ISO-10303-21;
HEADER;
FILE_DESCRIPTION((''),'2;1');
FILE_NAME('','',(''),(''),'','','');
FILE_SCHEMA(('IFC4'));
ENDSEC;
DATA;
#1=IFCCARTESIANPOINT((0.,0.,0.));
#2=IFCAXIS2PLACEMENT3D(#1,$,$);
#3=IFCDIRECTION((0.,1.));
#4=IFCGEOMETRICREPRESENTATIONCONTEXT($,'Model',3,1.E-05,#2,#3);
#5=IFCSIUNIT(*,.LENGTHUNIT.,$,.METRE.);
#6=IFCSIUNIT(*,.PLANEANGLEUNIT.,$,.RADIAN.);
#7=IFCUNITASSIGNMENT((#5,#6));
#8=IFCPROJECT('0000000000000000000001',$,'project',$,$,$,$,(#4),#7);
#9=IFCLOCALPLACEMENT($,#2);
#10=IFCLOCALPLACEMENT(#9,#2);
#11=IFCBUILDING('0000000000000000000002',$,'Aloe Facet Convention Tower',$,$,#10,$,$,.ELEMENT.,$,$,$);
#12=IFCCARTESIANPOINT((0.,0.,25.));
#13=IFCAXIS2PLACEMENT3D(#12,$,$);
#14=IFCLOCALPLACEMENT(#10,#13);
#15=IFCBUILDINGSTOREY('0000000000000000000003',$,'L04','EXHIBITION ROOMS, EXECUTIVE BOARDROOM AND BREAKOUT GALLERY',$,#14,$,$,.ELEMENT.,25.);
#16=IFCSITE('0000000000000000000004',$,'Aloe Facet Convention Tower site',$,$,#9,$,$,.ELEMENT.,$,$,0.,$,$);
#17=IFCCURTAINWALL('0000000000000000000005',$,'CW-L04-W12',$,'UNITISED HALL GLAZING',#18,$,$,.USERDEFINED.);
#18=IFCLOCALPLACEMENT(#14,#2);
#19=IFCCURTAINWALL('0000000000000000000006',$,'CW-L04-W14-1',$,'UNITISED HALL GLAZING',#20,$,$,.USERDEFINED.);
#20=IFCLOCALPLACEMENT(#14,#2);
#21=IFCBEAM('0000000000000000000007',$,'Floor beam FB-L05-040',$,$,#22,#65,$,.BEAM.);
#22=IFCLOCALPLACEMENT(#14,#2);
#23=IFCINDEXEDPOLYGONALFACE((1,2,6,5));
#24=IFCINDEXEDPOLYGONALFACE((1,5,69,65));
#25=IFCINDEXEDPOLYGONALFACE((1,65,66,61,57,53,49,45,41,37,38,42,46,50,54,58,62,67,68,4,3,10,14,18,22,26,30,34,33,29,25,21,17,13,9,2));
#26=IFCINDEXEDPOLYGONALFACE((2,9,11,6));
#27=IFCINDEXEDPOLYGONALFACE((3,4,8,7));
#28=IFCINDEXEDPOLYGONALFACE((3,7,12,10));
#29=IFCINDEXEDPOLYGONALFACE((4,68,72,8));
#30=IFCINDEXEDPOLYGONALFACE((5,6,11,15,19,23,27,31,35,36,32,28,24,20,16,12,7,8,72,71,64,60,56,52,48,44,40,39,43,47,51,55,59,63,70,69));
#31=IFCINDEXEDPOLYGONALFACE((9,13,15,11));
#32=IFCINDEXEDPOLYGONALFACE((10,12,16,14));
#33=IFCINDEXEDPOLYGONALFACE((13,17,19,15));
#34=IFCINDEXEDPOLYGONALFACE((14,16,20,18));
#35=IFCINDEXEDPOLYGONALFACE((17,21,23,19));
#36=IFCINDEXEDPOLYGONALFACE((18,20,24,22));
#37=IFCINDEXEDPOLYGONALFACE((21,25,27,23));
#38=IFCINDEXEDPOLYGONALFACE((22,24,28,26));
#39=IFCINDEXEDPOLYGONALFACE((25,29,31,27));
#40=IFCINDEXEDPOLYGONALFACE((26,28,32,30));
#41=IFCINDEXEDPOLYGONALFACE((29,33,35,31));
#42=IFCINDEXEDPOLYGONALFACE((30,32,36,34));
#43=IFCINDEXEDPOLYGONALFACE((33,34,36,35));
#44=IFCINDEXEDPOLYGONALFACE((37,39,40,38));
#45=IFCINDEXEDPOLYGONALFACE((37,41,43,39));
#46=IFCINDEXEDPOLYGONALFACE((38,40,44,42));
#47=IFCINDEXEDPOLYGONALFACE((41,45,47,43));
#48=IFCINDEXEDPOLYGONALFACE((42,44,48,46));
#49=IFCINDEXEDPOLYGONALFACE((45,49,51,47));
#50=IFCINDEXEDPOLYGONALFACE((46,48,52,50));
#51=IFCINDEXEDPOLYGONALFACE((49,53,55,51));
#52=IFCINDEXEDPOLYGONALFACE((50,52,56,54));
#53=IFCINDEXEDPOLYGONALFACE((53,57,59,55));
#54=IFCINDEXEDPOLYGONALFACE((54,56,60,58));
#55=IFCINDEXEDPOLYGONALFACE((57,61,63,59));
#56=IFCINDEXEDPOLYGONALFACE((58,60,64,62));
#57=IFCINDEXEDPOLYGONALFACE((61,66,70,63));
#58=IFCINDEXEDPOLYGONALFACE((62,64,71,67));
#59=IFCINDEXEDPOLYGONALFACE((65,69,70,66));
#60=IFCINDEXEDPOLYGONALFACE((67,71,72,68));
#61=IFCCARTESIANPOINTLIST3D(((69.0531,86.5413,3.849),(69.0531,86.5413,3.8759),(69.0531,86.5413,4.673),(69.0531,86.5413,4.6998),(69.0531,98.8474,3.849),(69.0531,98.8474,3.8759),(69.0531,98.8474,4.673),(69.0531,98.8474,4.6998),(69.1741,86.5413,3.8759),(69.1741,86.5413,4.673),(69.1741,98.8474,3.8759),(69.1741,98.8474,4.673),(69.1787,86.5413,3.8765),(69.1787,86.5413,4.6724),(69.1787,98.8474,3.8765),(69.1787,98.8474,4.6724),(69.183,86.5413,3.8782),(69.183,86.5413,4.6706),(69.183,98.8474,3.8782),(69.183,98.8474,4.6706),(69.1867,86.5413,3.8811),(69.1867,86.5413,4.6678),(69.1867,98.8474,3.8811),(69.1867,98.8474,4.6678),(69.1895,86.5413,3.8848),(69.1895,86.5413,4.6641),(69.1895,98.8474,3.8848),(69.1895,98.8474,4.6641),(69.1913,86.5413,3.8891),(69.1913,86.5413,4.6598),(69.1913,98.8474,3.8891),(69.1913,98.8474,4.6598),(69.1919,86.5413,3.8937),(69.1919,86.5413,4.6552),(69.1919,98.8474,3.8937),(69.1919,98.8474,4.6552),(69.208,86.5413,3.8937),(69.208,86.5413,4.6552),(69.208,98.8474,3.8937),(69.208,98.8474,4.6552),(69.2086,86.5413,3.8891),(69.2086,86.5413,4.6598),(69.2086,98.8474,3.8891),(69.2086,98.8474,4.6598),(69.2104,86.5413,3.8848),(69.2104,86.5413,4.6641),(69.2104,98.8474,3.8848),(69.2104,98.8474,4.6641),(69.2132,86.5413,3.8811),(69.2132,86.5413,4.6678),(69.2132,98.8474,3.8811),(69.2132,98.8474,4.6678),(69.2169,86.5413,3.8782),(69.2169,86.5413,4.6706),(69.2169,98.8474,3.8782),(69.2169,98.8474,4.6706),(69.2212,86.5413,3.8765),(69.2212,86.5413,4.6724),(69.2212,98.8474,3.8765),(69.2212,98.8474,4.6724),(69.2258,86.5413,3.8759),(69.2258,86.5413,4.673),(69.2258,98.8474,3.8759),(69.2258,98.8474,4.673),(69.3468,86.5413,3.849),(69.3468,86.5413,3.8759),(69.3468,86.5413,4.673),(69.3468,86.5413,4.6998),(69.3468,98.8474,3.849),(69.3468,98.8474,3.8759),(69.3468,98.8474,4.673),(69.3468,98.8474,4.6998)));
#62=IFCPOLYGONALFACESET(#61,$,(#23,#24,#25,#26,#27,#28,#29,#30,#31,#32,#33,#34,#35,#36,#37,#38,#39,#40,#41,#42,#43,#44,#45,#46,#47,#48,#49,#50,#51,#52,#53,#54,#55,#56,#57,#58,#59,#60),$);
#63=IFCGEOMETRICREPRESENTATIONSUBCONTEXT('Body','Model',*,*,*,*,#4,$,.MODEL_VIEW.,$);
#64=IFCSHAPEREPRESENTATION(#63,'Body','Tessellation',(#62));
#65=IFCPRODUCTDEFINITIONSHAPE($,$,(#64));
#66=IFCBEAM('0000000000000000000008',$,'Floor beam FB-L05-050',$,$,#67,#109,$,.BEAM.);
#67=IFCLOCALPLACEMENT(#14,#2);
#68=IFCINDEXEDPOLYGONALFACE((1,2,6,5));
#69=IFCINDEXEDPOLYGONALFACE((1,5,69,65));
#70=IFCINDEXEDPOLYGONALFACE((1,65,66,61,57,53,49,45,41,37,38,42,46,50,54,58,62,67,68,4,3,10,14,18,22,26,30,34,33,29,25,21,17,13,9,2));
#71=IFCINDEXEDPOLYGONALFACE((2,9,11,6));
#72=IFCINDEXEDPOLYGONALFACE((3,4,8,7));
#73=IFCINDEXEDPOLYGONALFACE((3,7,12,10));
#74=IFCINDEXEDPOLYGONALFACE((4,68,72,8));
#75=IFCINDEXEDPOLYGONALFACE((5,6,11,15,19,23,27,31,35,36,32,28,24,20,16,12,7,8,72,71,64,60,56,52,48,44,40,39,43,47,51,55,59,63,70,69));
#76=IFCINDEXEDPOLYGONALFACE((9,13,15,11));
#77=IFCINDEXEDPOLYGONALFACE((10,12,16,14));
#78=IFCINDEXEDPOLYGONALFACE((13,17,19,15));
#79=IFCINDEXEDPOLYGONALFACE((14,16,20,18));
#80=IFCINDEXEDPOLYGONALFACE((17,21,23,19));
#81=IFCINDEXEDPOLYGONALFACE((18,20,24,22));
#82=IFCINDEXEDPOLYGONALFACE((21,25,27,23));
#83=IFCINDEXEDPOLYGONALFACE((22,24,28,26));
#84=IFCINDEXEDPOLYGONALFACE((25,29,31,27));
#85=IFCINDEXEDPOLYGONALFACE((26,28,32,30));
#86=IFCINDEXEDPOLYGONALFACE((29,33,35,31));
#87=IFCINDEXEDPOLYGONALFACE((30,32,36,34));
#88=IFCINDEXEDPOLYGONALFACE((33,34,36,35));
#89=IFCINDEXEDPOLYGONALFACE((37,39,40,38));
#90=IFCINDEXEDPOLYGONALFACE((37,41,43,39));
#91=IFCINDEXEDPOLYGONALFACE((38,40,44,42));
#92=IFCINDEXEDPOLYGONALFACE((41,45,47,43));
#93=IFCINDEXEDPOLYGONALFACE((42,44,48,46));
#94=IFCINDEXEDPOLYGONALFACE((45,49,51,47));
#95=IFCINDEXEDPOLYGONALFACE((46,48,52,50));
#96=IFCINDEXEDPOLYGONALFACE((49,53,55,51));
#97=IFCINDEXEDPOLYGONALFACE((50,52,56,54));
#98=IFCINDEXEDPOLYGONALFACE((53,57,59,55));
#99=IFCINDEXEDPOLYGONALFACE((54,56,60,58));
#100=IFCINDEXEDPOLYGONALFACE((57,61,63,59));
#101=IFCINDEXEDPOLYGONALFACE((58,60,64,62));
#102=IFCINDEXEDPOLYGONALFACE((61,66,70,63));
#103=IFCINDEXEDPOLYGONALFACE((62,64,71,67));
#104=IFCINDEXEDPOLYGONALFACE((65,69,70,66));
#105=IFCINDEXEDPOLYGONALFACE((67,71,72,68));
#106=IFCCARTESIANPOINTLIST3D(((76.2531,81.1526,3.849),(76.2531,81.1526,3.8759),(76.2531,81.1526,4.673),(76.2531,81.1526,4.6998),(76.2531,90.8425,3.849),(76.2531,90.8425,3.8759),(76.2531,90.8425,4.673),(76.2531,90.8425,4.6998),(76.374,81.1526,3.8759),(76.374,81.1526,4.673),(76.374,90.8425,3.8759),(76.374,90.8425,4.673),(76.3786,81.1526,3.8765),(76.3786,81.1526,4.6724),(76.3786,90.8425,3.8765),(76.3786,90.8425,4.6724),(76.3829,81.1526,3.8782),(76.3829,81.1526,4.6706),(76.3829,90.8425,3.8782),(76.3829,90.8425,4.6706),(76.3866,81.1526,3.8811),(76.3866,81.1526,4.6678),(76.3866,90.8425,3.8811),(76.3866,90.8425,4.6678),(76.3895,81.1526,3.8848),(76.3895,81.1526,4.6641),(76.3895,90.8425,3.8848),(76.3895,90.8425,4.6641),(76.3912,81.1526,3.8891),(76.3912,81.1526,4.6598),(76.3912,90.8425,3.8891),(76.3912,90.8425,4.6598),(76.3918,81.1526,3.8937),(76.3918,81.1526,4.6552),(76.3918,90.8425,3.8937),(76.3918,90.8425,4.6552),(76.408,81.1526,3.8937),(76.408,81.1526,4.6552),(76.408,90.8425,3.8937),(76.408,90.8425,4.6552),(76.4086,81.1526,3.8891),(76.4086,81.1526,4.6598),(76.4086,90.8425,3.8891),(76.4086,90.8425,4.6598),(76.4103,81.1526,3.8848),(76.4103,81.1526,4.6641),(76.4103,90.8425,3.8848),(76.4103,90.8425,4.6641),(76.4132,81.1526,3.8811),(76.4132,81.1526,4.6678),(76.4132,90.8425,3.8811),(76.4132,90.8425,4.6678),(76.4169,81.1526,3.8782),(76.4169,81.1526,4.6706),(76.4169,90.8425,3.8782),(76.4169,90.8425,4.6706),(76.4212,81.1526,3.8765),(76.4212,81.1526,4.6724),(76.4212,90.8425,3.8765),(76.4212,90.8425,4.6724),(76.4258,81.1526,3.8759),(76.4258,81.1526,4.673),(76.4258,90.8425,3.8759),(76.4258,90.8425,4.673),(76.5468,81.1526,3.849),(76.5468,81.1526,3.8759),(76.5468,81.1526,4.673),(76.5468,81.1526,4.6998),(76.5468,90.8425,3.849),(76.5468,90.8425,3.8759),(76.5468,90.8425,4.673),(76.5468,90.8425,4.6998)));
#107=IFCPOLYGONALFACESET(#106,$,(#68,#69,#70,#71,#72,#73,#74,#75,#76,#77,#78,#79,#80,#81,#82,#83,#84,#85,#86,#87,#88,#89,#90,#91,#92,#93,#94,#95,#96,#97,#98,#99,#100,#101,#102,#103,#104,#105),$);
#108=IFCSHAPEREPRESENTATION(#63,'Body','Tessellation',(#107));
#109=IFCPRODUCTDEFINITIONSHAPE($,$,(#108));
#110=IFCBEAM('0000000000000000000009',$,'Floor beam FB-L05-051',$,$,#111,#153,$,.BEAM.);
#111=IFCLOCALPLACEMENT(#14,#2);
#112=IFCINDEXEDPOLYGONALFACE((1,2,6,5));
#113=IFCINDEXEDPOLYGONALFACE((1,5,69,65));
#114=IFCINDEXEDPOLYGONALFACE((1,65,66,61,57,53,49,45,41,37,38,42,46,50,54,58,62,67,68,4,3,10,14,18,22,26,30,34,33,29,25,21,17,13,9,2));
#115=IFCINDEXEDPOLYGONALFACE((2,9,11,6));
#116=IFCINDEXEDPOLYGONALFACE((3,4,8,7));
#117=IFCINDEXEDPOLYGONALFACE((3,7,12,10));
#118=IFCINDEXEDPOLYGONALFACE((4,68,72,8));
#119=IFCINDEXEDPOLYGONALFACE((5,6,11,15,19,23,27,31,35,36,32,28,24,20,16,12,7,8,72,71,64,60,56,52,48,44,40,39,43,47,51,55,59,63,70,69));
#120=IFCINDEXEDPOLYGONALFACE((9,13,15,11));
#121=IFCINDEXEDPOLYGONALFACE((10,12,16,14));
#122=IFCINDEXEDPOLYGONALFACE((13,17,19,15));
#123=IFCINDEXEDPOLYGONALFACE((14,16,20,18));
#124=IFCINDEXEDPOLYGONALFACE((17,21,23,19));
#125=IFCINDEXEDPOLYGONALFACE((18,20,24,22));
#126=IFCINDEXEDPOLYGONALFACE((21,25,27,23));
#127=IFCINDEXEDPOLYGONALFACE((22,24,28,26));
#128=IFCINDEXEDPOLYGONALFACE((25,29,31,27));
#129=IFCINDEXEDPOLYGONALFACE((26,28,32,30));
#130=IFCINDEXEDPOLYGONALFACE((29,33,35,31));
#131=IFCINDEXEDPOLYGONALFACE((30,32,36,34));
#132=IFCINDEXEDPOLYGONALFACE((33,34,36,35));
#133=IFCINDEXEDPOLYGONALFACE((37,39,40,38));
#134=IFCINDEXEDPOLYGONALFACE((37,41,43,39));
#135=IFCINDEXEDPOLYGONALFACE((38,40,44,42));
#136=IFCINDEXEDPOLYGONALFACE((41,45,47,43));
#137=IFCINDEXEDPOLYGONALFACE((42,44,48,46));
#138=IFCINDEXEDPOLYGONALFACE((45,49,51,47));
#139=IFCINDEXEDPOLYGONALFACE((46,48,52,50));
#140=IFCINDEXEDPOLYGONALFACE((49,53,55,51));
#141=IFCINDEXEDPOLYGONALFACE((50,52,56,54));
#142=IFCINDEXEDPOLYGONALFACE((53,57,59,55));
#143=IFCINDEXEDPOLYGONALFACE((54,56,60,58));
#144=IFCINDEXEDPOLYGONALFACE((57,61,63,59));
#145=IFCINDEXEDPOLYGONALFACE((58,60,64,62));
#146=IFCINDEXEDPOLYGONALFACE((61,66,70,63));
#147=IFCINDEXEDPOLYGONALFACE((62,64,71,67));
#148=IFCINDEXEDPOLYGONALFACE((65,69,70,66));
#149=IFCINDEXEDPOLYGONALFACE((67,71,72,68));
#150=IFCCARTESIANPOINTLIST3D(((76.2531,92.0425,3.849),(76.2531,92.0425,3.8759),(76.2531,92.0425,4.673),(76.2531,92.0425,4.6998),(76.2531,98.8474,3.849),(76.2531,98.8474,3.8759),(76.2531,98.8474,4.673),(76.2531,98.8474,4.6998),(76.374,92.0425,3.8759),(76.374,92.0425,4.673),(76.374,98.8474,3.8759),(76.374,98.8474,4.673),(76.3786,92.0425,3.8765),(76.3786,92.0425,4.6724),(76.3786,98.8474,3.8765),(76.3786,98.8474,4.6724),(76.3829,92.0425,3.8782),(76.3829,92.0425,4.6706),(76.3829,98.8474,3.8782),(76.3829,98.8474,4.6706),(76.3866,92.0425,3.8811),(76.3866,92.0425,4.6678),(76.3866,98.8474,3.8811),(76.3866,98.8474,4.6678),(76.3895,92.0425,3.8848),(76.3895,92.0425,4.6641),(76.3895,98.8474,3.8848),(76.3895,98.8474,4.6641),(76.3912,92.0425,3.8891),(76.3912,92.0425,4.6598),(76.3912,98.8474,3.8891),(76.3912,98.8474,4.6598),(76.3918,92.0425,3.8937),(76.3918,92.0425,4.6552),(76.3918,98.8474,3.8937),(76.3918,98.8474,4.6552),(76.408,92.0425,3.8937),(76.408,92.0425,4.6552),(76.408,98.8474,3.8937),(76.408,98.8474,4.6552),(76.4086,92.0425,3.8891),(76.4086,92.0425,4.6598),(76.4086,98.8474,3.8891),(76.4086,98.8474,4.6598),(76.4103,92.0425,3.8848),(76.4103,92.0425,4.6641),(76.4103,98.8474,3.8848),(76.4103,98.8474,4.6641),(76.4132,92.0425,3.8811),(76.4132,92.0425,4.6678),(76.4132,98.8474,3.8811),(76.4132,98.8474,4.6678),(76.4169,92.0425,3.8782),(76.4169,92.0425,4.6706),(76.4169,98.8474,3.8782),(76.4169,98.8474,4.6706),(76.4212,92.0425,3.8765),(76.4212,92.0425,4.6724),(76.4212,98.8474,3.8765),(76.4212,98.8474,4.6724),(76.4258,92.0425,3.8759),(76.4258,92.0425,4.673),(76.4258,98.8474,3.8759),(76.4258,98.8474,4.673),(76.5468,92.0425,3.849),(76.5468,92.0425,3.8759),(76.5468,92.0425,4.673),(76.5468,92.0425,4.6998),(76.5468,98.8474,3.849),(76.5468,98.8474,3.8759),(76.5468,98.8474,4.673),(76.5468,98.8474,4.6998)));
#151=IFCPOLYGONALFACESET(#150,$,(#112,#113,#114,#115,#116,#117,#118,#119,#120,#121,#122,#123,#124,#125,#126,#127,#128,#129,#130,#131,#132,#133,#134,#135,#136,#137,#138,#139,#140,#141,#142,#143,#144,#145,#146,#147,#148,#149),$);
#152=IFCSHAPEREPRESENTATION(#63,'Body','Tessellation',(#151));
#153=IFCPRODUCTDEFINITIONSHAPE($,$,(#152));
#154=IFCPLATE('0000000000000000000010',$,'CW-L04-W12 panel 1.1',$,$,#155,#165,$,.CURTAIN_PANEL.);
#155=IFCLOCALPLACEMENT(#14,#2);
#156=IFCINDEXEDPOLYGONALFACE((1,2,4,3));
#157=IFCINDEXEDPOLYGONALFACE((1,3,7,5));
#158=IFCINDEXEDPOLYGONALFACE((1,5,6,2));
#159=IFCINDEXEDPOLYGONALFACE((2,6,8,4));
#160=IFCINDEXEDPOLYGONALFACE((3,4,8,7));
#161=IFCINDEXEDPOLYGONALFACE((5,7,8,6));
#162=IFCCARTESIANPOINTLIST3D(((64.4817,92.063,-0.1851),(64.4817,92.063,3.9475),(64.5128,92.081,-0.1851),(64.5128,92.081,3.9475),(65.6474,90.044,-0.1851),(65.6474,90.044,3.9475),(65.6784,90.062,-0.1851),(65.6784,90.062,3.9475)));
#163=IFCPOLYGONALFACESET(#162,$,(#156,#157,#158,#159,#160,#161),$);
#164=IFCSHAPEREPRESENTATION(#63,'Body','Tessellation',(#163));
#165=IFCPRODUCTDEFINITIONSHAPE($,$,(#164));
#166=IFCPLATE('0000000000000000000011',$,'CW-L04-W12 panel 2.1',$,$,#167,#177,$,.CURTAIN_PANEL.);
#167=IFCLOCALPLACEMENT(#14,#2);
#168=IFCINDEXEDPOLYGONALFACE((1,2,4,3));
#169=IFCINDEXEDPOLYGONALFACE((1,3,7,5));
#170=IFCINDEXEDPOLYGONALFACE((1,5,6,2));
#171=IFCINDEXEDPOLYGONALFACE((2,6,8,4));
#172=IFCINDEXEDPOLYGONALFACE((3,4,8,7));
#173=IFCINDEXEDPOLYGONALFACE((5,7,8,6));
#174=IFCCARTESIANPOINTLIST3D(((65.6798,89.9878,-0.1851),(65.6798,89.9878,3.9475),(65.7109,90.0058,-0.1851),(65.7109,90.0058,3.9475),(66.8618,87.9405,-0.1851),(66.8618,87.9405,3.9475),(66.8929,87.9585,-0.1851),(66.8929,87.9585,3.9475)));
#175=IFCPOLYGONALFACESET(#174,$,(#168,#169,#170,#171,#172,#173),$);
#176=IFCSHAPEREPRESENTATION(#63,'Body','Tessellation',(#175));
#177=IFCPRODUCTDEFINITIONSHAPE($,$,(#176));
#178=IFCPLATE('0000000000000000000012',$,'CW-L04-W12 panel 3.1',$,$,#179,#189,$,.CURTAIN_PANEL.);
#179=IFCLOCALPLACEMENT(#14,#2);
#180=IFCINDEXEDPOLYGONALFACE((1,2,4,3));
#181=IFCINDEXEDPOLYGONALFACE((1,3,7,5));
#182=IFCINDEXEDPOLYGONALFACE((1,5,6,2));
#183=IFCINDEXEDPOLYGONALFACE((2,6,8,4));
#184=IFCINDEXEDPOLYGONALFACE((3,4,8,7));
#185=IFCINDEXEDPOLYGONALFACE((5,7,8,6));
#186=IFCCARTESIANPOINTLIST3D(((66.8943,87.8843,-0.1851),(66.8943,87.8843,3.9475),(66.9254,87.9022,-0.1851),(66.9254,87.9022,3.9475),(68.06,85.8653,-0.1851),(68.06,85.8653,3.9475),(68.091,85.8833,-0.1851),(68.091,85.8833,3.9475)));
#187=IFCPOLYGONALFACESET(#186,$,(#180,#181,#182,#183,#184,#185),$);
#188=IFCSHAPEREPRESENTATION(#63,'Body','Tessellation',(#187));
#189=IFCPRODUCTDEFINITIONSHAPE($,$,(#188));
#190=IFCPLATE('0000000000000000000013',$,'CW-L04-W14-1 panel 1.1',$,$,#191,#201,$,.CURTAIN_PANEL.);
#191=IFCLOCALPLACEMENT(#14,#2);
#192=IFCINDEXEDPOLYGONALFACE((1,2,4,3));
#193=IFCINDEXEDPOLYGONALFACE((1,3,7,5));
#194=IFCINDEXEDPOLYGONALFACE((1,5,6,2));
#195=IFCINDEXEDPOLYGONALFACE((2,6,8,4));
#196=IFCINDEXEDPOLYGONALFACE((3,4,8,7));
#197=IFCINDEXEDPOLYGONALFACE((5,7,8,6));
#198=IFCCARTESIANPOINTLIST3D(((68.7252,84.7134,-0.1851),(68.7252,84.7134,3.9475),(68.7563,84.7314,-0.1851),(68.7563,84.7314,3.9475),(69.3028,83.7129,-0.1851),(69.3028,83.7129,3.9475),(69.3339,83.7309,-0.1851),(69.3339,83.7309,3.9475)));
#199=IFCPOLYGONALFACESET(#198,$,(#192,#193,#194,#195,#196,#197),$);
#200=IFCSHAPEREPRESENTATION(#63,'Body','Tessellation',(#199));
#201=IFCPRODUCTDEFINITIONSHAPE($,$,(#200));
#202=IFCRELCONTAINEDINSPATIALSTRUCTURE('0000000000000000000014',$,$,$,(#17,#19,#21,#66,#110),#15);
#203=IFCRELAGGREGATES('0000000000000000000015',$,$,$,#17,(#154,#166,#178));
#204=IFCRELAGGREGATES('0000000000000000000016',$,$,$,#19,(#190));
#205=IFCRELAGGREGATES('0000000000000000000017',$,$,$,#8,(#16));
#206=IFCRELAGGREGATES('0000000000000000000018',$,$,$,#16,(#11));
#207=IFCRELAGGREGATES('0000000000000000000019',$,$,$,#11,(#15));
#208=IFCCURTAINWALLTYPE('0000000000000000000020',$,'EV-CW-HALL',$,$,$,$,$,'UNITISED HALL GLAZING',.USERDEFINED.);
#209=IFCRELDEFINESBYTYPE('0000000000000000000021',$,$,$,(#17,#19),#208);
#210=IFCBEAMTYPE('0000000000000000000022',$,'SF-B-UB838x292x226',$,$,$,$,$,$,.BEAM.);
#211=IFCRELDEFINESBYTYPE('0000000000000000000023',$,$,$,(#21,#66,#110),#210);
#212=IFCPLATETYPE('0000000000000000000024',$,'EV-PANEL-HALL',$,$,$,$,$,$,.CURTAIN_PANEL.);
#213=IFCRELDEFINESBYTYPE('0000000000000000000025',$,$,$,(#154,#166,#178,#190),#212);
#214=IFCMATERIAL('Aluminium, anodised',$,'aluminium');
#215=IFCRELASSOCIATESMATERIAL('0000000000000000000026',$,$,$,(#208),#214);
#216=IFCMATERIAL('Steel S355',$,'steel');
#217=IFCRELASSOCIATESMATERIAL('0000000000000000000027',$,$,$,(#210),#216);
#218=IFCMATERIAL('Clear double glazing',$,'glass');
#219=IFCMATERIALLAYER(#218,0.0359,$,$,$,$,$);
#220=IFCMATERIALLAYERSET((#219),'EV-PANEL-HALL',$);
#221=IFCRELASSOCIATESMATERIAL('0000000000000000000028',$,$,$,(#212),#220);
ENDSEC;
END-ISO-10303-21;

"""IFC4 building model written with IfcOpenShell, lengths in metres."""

from ifc_helpers import new_model, si_unit, direction, frame, origin, origin_2d, place, context, subcontext, project, spatial, rectangle, i_section, extrude, material, layer, layer_set, material_profile, profile_set, type_object, element, aggregate, save


model = new_model("IFC4")

# Units and contexts
model_context = context("Model", 3, precision=1e-05, world=origin(), true_north=direction((0.0, 1.0)))
body_context = subcontext(model_context, "Body", "Model", "MODEL_VIEW")
ifc_project = project(units=[si_unit("LENGTHUNIT", "METRE"), si_unit("PLANEANGLEUNIT", "RADIAN")], contexts=[model_context])

# Site, building, storey
site_placement = place(None, origin())
site = spatial("IfcSite", under=ifc_project, at=site_placement, Name="Aloe Facet Convention Tower site", CompositionType="ELEMENT", RefElevation=0.0)
building_placement = place(site_placement, origin())
building = spatial("IfcBuilding", under=site, at=building_placement, Name="Aloe Facet Convention Tower", CompositionType="ELEMENT")
storey_placement = place(building_placement, frame((0.0, 0.0, 25.0)))
storey = spatial("IfcBuildingStorey", under=building, at=storey_placement, Name="L04", Description="EXHIBITION ROOMS, EXECUTIVE BOARDROOM AND BREAKOUT GALLERY", CompositionType="ELEMENT", Elevation=25.0)

# Curtain walls
ifc_material_1 = material(Name="Aluminium, anodised", Category="aluminium")
curtain_wall_type = type_object("IfcCurtainWallType", Name="EV-CW-HALL", ElementType="UNITISED HALL GLAZING", PredefinedType="USERDEFINED", material=ifc_material_1)
curtain_wall_1_placement = place(storey_placement, origin())
curtain_wall_1 = element("IfcCurtainWall", 1, at=curtain_wall_1_placement, inside=storey, type_object=curtain_wall_type, Name="CW-L04-W12", ObjectType="UNITISED HALL GLAZING", PredefinedType="USERDEFINED")
curtain_wall_2_placement = place(storey_placement, origin())
curtain_wall_2 = element("IfcCurtainWall", 2, at=curtain_wall_2_placement, inside=storey, type_object=curtain_wall_type, Name="CW-L04-W14-1", ObjectType="UNITISED HALL GLAZING", PredefinedType="USERDEFINED")

# Beams
ifc_material_2 = material(Name="Steel S355", Category="steel")
ifc_material_profile_1 = material_profile(ifc_material_2, i_section(OverallWidth=0.2937, OverallDepth=0.8508, WebThickness=0.0161, FlangeThickness=0.0269, FilletRadius=0.0178, at=origin_2d()), Name="UB 838x292x226")
ifc_profile_set_1 = profile_set([ifc_material_profile_1], Name="Steel S355")
beam_type_1 = type_object("IfcBeamType", Name="SF-B-UB838x292x226", PredefinedType="BEAM", material=ifc_profile_set_1)
beam_1_placement = place(storey_placement, frame((69.2, 86.5413, 4.2744), z_axis=(0.0, 1.0, 0.0), x_axis=(-1.0, 0.0, 0.0)))
element("IfcBeam", 3, at=beam_1_placement, inside=storey, type_object=beam_type_1, Name="Floor beam FB-L05-040", PredefinedType="BEAM", context=body_context, shape_type="SweptSolid", body=[
    extrude(i_section(OverallWidth=0.2937, OverallDepth=0.8508, WebThickness=0.0161, FlangeThickness=0.0269, FilletRadius=0.0178, at=origin_2d()), origin(), (0.0, 0.0, 1.0), 12.3062),
])
beam_2_placement = place(storey_placement, frame((76.3999, 81.1526, 4.2744), z_axis=(0.0, 1.0, 0.0), x_axis=(-1.0, 0.0, 0.0)))
element("IfcBeam", 4, at=beam_2_placement, inside=storey, type_object=beam_type_1, Name="Floor beam FB-L05-050", PredefinedType="BEAM", context=body_context, shape_type="SweptSolid", body=[
    extrude(i_section(OverallWidth=0.2937, OverallDepth=0.8508, WebThickness=0.0161, FlangeThickness=0.0269, FilletRadius=0.0178, at=origin_2d()), origin(), (0.0, 0.0, 1.0), 9.6899),
])
beam_3_placement = place(storey_placement, frame((76.3999, 92.0425, 4.2744), z_axis=(0.0, 1.0, 0.0), x_axis=(-1.0, 0.0, 0.0)))
element("IfcBeam", 5, at=beam_3_placement, inside=storey, type_object=beam_type_1, Name="Floor beam FB-L05-051", PredefinedType="BEAM", context=body_context, shape_type="SweptSolid", body=[
    extrude(i_section(OverallWidth=0.2937, OverallDepth=0.8508, WebThickness=0.0161, FlangeThickness=0.0269, FilletRadius=0.0178, at=origin_2d()), origin(), (0.0, 0.0, 1.0), 6.8049),
])

# Plates
ifc_material_3 = material(Name="Clear double glazing", Category="glass")
ifc_layer_1 = layer(ifc_material_3, 0.0359)
ifc_layer_set_1 = layer_set([ifc_layer_1], Name="EV-PANEL-HALL")
plate_type = type_object("IfcPlateType", Name="EV-PANEL-HALL", PredefinedType="CURTAIN_PANEL", material=ifc_layer_set_1)
plate_1_placement = place(storey_placement, frame((65.0801, 91.0625, -0.1851), z_axis=(0.0, 0.0, 1.0), x_axis=(0.5, -0.866025, 0.0)))
plate_1 = element("IfcPlate", 6, at=plate_1_placement, type_object=plate_type, Name="CW-L04-W12 panel 1.1", PredefinedType="CURTAIN_PANEL", context=body_context, shape_type="SweptSolid", body=[
    extrude(rectangle(XDim=2.3313, YDim=0.0359, at=origin_2d()), origin(), (0.0, 0.0, 1.0), 4.1326),
])
plate_2_placement = place(storey_placement, frame((66.2864, 88.9731, -0.1851), z_axis=(0.0, 0.0, 1.0), x_axis=(0.5, -0.866025, 0.0)))
plate_2 = element("IfcPlate", 7, at=plate_2_placement, type_object=plate_type, Name="CW-L04-W12 panel 2.1", PredefinedType="CURTAIN_PANEL", context=body_context, shape_type="SweptSolid", body=[
    extrude(rectangle(XDim=2.364, YDim=0.0359, at=origin_2d()), origin(), (0.0, 0.0, 1.0), 4.1326),
])
plate_3_placement = place(storey_placement, frame((67.4927, 86.8838, -0.1851), z_axis=(0.0, 0.0, 1.0), x_axis=(0.5, -0.866025, 0.0)))
plate_3 = element("IfcPlate", 8, at=plate_3_placement, type_object=plate_type, Name="CW-L04-W12 panel 3.1", PredefinedType="CURTAIN_PANEL", context=body_context, shape_type="SweptSolid", body=[
    extrude(rectangle(XDim=2.3313, YDim=0.0359, at=origin_2d()), origin(), (0.0, 0.0, 1.0), 4.1326),
])
aggregate(curtain_wall_1, [plate_1, plate_2, plate_3])
plate_4_placement = place(storey_placement, frame((69.0295, 84.2222, -0.1851), z_axis=(0.0, 0.0, 1.0), x_axis=(0.5, -0.866025, 0.0)))
plate_4 = element("IfcPlate", 9, at=plate_4_placement, type_object=plate_type, Name="CW-L04-W14-1 panel 1.1", PredefinedType="CURTAIN_PANEL", context=body_context, shape_type="SweptSolid", body=[
    extrude(rectangle(XDim=1.1553, YDim=0.0359, at=origin_2d()), origin(), (0.0, 0.0, 1.0), 4.1326),
])
aggregate(curtain_wall_2, [plate_4])

save(model, "model.ifc")
